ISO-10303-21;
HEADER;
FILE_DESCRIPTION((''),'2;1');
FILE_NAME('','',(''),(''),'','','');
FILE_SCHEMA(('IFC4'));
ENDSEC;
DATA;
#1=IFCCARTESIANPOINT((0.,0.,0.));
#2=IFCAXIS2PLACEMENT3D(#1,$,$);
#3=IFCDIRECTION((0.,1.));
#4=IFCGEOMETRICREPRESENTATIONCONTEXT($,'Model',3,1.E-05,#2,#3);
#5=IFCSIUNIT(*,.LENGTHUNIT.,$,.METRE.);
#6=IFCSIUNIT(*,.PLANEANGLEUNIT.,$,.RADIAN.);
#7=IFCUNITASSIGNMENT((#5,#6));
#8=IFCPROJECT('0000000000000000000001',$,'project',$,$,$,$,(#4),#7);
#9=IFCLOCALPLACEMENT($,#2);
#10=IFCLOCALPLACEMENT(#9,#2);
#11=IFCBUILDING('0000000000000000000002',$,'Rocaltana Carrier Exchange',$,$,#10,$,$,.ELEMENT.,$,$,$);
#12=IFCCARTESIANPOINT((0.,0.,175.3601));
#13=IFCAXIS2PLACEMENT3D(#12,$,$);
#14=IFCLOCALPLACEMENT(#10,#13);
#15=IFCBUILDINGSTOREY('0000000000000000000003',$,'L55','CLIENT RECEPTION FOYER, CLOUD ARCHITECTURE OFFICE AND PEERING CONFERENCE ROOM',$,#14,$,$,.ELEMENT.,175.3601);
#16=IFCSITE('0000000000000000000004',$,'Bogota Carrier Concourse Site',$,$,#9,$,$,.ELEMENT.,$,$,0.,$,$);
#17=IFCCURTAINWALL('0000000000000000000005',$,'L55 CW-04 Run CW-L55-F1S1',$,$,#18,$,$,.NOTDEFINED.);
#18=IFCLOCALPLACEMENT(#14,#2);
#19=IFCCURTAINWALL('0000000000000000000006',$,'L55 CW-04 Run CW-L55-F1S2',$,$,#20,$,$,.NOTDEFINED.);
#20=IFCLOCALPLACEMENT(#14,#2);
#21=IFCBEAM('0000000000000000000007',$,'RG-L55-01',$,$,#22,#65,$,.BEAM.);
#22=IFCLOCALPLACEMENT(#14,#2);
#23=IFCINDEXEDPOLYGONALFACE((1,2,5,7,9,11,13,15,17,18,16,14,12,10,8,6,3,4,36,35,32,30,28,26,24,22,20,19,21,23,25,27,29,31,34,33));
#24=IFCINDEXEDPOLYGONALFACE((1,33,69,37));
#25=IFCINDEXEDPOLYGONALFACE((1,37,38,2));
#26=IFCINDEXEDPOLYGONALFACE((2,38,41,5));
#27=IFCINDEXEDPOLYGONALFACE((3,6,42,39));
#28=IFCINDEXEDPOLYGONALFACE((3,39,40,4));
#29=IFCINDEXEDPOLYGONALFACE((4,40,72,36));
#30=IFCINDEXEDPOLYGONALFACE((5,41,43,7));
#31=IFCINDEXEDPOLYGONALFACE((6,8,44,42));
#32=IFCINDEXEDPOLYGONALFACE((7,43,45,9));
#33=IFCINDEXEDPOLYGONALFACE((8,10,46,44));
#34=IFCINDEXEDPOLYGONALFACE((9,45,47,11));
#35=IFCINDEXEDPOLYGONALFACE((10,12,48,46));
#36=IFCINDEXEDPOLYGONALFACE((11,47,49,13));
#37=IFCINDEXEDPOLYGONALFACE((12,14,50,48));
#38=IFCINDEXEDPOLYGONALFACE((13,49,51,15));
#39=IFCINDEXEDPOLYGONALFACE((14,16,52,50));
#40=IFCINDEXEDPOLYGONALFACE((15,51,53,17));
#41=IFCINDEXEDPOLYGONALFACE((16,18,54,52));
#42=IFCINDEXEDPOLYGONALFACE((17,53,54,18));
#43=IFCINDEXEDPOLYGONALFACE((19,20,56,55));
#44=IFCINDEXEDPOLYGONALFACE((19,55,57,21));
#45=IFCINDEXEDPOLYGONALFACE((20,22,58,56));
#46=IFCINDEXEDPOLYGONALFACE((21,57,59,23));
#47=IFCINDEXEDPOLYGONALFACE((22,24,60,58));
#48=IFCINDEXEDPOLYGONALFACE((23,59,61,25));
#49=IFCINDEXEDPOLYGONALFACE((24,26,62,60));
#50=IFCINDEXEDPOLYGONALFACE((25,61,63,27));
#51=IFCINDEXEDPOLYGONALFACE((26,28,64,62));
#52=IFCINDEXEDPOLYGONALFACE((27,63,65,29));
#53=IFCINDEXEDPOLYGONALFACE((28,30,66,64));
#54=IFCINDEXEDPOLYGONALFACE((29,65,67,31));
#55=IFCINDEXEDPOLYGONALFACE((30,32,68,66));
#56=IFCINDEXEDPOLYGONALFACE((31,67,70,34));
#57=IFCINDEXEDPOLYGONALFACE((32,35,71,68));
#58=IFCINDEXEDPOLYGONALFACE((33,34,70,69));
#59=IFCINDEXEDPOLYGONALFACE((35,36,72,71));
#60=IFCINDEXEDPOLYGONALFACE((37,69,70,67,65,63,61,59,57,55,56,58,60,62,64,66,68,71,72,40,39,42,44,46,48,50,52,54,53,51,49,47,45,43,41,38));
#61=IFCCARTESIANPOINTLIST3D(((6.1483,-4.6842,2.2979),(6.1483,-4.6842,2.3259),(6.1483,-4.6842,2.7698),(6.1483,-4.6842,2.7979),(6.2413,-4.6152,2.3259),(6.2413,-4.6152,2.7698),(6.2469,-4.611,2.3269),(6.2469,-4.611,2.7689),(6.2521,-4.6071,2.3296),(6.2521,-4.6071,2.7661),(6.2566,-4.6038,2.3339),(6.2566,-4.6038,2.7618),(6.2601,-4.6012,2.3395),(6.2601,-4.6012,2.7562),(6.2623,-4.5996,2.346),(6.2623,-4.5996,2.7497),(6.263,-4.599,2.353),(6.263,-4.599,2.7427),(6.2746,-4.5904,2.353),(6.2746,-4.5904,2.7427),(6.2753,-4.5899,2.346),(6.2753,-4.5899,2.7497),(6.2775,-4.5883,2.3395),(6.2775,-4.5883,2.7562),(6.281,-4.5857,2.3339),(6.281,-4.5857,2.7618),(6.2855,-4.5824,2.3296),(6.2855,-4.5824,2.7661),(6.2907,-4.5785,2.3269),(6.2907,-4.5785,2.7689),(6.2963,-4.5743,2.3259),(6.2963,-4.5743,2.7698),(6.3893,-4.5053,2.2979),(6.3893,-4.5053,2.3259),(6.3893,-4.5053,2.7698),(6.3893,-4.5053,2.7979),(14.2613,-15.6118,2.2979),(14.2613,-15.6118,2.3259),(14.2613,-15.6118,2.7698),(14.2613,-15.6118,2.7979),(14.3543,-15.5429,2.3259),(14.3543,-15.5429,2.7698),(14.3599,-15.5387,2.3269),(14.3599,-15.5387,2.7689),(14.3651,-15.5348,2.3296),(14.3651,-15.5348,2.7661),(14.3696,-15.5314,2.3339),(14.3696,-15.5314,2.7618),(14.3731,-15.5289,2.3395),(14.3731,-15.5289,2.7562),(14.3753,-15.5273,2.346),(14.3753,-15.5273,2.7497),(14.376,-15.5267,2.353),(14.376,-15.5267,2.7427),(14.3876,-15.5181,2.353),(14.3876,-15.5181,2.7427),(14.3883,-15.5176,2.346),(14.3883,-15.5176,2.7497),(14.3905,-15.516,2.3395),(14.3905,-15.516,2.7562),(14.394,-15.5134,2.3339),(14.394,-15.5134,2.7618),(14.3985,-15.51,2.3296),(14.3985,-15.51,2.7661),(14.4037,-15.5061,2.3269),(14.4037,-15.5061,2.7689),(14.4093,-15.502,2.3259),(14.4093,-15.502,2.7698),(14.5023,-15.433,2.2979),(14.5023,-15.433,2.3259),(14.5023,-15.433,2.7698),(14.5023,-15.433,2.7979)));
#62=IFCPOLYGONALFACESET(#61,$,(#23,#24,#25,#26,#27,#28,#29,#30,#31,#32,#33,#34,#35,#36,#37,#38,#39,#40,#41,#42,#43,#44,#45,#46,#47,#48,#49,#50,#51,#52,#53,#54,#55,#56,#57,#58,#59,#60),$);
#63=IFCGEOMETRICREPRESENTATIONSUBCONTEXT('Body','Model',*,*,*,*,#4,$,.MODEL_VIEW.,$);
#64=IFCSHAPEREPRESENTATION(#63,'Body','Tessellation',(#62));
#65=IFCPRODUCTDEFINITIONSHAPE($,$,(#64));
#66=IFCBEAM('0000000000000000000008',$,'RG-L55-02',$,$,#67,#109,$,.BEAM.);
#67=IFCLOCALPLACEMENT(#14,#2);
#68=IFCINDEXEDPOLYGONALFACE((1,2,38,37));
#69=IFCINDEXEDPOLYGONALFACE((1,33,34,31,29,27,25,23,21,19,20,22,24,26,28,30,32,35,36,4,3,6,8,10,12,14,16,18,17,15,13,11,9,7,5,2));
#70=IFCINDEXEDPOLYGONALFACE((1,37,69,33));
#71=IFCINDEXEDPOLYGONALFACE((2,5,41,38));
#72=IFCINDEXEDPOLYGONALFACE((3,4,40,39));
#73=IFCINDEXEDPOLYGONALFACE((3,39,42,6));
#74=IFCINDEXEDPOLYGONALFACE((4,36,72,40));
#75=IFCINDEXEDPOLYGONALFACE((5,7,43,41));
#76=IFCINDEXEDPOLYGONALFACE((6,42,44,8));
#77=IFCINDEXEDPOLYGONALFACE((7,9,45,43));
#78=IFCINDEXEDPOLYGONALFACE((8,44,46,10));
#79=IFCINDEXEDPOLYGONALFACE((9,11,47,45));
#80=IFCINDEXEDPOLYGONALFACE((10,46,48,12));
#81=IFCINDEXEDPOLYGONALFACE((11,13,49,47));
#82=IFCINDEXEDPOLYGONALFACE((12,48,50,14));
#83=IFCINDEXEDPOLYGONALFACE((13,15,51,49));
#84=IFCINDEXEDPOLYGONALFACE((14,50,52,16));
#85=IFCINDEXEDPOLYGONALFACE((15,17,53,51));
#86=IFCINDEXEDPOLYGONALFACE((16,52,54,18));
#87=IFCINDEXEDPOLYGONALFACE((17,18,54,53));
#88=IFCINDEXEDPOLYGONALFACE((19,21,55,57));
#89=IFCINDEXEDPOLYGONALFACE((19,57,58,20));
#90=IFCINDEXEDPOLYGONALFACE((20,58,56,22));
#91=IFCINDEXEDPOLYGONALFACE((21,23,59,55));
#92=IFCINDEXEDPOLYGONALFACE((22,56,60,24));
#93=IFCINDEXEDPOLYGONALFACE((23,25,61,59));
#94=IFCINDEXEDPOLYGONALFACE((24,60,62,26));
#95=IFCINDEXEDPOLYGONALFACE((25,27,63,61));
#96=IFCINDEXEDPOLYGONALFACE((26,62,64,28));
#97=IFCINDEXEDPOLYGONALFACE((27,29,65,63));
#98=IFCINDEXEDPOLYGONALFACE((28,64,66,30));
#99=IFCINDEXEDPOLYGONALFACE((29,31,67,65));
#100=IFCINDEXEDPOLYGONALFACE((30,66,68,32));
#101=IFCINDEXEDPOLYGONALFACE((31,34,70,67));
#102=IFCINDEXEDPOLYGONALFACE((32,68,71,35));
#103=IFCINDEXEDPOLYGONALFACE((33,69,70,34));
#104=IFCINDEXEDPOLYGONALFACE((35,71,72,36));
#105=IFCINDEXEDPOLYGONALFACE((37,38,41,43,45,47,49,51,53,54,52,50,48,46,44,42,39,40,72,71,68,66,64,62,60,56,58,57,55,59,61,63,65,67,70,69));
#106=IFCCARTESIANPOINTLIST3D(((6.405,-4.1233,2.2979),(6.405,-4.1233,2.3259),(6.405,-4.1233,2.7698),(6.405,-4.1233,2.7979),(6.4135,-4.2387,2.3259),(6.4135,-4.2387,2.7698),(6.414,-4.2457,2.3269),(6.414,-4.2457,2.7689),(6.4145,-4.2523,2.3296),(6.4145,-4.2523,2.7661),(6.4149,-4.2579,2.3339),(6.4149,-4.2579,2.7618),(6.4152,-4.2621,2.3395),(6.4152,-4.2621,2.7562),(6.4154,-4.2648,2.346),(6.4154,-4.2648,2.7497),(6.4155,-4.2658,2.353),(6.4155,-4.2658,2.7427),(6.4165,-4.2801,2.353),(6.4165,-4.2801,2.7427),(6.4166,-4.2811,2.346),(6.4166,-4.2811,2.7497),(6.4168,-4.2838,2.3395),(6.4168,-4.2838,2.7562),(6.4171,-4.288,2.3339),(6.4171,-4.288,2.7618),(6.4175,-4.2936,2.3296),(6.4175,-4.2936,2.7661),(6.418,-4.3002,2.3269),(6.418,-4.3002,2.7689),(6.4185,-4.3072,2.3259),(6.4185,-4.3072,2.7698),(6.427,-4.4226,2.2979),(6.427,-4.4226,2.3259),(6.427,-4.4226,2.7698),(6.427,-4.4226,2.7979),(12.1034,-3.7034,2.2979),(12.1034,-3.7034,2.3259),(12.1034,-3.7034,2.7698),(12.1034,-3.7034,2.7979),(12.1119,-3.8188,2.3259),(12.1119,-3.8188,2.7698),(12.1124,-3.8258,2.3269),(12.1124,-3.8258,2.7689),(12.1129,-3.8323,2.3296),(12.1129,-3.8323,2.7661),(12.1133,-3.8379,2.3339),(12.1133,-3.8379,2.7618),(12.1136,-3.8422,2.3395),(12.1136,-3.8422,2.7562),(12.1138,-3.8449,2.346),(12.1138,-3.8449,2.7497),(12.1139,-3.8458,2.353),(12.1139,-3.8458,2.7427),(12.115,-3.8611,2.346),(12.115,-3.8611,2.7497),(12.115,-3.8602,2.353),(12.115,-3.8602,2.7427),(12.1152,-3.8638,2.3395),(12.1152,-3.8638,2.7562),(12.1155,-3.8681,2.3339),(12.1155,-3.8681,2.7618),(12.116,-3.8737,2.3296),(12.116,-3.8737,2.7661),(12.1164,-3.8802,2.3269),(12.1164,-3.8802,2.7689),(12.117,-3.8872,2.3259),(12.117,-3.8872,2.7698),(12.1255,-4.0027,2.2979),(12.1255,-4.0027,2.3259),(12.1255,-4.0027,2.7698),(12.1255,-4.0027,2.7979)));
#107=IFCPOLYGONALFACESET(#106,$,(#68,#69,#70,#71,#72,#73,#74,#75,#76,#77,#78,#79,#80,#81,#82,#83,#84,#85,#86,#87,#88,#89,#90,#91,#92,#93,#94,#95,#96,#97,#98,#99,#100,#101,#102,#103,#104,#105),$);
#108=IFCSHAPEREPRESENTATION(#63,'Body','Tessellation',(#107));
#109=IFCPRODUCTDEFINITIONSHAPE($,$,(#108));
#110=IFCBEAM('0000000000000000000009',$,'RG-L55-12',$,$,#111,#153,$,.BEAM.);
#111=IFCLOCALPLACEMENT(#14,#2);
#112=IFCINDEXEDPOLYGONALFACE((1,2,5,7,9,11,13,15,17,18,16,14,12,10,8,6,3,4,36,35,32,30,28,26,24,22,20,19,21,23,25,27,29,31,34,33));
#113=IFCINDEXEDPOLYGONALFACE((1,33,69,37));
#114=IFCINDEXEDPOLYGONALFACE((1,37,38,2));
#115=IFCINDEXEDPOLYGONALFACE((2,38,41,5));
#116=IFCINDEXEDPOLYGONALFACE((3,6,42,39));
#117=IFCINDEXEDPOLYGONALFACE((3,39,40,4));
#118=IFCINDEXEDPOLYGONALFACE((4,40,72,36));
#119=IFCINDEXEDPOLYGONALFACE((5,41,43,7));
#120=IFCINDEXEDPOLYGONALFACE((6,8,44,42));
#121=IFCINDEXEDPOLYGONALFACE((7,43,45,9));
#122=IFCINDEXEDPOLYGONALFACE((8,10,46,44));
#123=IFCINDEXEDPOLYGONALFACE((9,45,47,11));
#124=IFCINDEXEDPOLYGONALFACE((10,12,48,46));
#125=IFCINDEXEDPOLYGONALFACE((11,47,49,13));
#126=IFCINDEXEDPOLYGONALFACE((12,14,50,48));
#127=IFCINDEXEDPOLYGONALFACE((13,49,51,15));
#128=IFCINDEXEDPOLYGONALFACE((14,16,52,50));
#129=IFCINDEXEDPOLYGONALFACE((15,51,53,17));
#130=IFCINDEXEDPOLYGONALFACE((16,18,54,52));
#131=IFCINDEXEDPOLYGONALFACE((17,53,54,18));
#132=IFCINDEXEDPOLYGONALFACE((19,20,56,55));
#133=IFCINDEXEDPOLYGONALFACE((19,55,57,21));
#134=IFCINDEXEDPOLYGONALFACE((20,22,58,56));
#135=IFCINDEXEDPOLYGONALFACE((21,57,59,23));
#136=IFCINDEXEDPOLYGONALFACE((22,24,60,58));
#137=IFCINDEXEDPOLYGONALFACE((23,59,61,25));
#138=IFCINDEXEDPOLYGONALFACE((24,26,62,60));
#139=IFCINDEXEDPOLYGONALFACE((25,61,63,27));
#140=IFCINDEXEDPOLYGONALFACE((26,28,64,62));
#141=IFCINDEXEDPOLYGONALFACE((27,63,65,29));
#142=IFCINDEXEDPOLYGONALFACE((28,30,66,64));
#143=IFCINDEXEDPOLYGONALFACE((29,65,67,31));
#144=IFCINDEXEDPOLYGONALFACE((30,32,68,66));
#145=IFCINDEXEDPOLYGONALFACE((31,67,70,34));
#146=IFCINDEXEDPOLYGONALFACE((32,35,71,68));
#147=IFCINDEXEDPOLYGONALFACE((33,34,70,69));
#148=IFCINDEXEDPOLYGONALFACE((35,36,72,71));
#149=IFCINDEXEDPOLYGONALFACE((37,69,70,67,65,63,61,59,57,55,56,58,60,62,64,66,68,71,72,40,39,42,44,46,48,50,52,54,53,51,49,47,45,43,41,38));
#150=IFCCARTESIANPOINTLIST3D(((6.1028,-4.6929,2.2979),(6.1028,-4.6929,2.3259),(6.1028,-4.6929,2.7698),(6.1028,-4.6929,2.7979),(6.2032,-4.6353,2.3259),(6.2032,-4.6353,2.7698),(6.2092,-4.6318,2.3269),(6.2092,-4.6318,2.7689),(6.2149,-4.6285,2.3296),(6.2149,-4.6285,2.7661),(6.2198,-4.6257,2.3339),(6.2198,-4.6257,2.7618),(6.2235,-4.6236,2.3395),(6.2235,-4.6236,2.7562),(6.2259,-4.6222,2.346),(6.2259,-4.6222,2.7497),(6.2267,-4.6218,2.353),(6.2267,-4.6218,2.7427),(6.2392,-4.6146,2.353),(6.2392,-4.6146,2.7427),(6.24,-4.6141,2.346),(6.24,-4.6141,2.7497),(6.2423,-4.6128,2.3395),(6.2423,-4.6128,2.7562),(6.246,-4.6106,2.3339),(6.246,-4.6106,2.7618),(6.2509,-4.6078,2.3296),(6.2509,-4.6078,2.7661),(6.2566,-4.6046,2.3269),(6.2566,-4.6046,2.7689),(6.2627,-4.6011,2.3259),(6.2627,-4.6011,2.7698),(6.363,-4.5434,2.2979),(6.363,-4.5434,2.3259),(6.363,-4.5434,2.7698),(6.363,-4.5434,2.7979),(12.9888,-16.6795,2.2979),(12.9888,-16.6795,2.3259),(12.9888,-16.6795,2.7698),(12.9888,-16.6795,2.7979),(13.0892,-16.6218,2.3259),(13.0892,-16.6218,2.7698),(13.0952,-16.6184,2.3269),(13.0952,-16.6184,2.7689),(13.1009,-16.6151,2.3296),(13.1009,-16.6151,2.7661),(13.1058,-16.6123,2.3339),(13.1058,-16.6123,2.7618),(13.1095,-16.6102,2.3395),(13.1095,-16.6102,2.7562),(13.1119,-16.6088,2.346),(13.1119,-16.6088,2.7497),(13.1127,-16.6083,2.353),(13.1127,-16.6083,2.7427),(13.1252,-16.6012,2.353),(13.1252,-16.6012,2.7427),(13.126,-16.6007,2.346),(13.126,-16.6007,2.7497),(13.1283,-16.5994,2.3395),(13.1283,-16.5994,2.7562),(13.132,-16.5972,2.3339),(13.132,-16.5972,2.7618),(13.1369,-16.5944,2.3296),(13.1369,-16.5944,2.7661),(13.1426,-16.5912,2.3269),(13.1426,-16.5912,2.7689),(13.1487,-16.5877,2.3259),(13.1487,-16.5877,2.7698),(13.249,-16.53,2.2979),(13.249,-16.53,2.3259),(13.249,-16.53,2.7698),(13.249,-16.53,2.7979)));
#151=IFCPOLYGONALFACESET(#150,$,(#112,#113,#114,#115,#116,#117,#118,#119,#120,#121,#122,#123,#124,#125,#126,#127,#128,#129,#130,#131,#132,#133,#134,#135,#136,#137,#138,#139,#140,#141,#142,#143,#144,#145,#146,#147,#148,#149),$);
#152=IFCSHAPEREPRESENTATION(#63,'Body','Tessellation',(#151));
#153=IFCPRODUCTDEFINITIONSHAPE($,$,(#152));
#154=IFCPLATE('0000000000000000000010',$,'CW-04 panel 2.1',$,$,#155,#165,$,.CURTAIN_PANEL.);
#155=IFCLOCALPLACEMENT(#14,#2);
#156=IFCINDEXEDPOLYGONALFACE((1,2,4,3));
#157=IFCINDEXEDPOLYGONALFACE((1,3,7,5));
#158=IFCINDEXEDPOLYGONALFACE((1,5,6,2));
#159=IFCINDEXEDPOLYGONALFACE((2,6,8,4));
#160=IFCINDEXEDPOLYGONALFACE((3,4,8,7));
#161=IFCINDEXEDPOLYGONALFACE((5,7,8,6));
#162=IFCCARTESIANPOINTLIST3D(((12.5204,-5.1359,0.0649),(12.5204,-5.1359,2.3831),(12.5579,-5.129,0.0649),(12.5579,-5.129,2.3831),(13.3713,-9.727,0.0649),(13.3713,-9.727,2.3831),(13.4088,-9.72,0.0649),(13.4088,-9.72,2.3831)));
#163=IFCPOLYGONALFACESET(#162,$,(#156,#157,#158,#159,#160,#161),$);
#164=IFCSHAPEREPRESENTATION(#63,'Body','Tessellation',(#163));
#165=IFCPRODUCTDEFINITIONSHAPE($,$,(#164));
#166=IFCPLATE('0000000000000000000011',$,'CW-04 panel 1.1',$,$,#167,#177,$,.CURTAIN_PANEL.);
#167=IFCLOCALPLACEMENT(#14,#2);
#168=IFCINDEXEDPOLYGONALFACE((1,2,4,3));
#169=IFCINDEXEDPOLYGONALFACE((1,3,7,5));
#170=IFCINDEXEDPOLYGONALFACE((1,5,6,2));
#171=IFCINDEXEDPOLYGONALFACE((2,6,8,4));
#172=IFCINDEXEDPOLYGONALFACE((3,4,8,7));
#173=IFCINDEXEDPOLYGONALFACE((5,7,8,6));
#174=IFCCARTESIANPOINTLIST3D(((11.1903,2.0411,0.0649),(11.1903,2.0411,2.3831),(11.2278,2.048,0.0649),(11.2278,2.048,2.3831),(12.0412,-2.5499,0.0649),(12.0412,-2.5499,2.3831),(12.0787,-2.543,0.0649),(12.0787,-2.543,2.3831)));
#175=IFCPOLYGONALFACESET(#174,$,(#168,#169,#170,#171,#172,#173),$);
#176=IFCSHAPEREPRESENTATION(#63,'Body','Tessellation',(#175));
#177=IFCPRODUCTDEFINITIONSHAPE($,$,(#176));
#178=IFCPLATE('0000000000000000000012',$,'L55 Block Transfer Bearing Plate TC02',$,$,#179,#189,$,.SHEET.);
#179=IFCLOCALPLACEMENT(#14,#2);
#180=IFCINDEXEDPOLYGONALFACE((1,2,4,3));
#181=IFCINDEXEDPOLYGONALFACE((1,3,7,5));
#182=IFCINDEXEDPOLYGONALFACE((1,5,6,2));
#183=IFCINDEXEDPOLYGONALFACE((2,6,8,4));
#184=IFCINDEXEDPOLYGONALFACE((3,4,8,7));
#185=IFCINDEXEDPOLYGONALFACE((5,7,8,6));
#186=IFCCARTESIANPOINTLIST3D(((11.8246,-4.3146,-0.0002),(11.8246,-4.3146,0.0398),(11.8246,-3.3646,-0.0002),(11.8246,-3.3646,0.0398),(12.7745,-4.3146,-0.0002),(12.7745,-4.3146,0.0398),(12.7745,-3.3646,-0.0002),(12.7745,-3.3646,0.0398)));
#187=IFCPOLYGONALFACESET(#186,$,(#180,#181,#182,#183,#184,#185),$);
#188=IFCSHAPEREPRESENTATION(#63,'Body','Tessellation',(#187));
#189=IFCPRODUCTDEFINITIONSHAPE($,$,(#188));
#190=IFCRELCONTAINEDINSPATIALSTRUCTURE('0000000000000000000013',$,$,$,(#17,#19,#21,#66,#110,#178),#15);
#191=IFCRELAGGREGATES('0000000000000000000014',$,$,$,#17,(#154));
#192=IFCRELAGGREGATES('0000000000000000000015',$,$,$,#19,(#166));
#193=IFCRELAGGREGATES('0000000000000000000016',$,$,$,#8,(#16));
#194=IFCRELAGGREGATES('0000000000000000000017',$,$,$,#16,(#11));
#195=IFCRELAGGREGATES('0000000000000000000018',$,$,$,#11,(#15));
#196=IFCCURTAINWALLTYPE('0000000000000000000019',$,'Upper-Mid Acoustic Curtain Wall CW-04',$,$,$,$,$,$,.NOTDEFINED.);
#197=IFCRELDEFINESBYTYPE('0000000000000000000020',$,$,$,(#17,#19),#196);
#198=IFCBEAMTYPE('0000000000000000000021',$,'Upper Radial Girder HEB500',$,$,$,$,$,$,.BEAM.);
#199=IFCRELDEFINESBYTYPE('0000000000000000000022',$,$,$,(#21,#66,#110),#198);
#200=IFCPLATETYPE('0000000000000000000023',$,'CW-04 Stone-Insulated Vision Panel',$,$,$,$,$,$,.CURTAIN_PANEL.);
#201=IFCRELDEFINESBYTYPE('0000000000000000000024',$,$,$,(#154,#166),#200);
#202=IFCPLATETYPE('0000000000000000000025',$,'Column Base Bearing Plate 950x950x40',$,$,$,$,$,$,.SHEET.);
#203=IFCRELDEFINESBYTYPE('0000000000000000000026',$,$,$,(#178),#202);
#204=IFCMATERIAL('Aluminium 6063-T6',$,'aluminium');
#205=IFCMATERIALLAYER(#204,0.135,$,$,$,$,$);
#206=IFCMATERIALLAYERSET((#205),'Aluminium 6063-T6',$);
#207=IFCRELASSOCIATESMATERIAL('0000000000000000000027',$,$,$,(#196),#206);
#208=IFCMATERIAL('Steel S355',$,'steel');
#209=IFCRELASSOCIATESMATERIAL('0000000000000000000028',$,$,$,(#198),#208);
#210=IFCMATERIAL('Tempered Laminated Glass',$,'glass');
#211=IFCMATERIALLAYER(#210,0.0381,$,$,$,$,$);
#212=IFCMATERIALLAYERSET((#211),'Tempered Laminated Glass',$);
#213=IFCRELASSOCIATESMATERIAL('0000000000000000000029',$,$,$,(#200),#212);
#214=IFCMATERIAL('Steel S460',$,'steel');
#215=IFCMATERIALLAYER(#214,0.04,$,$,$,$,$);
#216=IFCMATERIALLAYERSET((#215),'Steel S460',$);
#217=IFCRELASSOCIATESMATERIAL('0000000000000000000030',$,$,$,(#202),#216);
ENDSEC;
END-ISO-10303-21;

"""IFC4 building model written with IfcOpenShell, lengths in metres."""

from ifc_helpers import new_model, si_unit, direction, frame, origin, origin_2d, place, context, subcontext, project, spatial, rectangle, i_section, extrude, material, layer, layer_set, material_profile, profile_set, type_object, element, aggregate, save


model = new_model("IFC4")

# Units and contexts
model_context = context("Model", 3, precision=1e-05, world=origin(), true_north=direction((0.0, 1.0)))
body_context = subcontext(model_context, "Body", "Model", "MODEL_VIEW")
ifc_project = project(units=[si_unit("LENGTHUNIT", "METRE"), si_unit("PLANEANGLEUNIT", "RADIAN")], contexts=[model_context])

# Site, building, storey
site_placement = place(None, origin())
site = spatial("IfcSite", under=ifc_project, at=site_placement, Name="Bogota Carrier Concourse Site", CompositionType="ELEMENT", RefElevation=0.0)
building_placement = place(site_placement, origin())
building = spatial("IfcBuilding", under=site, at=building_placement, Name="Rocaltana Carrier Exchange", CompositionType="ELEMENT")
storey_placement = place(building_placement, frame((0.0, 0.0, 175.3601)))
storey = spatial("IfcBuildingStorey", under=building, at=storey_placement, Name="L55", Description="CLIENT RECEPTION FOYER, CLOUD ARCHITECTURE OFFICE AND PEERING CONFERENCE ROOM", CompositionType="ELEMENT", Elevation=175.3601)

# Curtain wall
ifc_material_1 = material(Name="Aluminium 6063-T6", Category="aluminium")
ifc_layer_1 = layer(ifc_material_1, 0.135)
ifc_layer_set_1 = layer_set([ifc_layer_1], Name="Aluminium 6063-T6")
curtain_wall_type = type_object("IfcCurtainWallType", Name="Upper-Mid Acoustic Curtain Wall CW-04", PredefinedType="NOTDEFINED", material=ifc_layer_set_1)
curtain_wall_1_placement = place(storey_placement, origin())
curtain_wall_1 = element("IfcCurtainWall", 1, at=curtain_wall_1_placement, inside=storey, type_object=curtain_wall_type, Name="L55 CW-04 Run CW-L55-F1S1", PredefinedType="NOTDEFINED")

# Curtain wall
curtain_wall_2_placement = place(storey_placement, origin())
curtain_wall_2 = element("IfcCurtainWall", 2, at=curtain_wall_2_placement, inside=storey, type_object=curtain_wall_type, Name="L55 CW-04 Run CW-L55-F1S2", PredefinedType="NOTDEFINED")

# Beams
ifc_material_2 = material(Name="Steel S355", Category="steel")
ifc_material_profile_1 = material_profile(ifc_material_2, i_section(OverallWidth=0.3, OverallDepth=0.5, WebThickness=0.0144, FlangeThickness=0.0281, FilletRadius=0.0271, at=origin_2d()), Name="HEB500")
ifc_profile_set_1 = profile_set([ifc_material_profile_1], Name="Steel S355")
beam_type_1 = type_object("IfcBeamType", Name="Upper Radial Girder HEB500", PredefinedType="BEAM", material=ifc_profile_set_1)
beam_1_placement = place(storey_placement, frame((6.2688, -4.5947, 2.5479), z_axis=(0.596101, -0.802909, 0.0), x_axis=(0.802909, 0.596101, 0.0)))
element("IfcBeam", 3, at=beam_1_placement, inside=storey, type_object=beam_type_1, Name="RG-L55-01", PredefinedType="BEAM", context=body_context, shape_type="SweptSolid", body=[
    extrude(i_section(OverallWidth=0.3, OverallDepth=0.5, WebThickness=0.0144, FlangeThickness=0.0281, FilletRadius=0.0271, at=origin_2d()), origin(), (0.0, 0.0, 1.0), 13.6101),
])
beam_2_placement = place(storey_placement, frame((6.416, -4.2729, 2.5479), z_axis=(0.997296, 0.073491, 0.0), x_axis=(-0.073491, 0.997296, 0.0)))
element("IfcBeam", 4, at=beam_2_placement, inside=storey, type_object=beam_type_1, Name="RG-L55-02", PredefinedType="BEAM", context=body_context, shape_type="SweptSolid", body=[
    extrude(i_section(OverallWidth=0.3, OverallDepth=0.5, WebThickness=0.0144, FlangeThickness=0.0281, FilletRadius=0.0271, at=origin_2d()), origin(), (0.0, 0.0, 1.0), 5.7139),
])
beam_3_placement = place(storey_placement, frame((6.2329, -4.6182, 2.5479), z_axis=(0.498129, -0.867103, 0.0), x_axis=(0.867103, 0.498129, 0.0)))
element("IfcBeam", 5, at=beam_3_placement, inside=storey, type_object=beam_type_1, Name="RG-L55-12", PredefinedType="BEAM", context=body_context, shape_type="SweptSolid", body=[
    extrude(i_section(OverallWidth=0.3, OverallDepth=0.5, WebThickness=0.0144, FlangeThickness=0.0281, FilletRadius=0.0271, at=origin_2d()), origin(), (0.0, 0.0, 1.0), 13.8237),
])

# Plates
ifc_material_3 = material(Name="Tempered Laminated Glass", Category="glass")
ifc_layer_2 = layer(ifc_material_3, 0.0381)
ifc_layer_set_2 = layer_set([ifc_layer_2], Name="Tempered Laminated Glass")
plate_type_1 = type_object("IfcPlateType", Name="CW-04 Stone-Insulated Vision Panel", PredefinedType="CURTAIN_PANEL", material=ifc_layer_set_2)
plate_1_placement = place(storey_placement, frame((12.9646, -7.428, 0.0649), z_axis=(0.0, 0.0, 1.0), x_axis=(-0.182234, 0.983255, 0.0)))
plate_1 = element("IfcPlate", 6, at=plate_1_placement, type_object=plate_type_1, Name="CW-04 panel 2.1", PredefinedType="CURTAIN_PANEL", context=body_context, shape_type="SweptSolid", body=[
    extrude(rectangle(XDim=4.6692, YDim=0.0381, at=origin_2d()), origin(), (0.0, 0.0, 1.0), 2.3181),
])
aggregate(curtain_wall_1, [plate_1])
plate_2_placement = place(storey_placement, frame((11.6345, -0.251, 0.0649), z_axis=(0.0, 0.0, 1.0), x_axis=(-0.182236, 0.983255, 0.0)))
plate_2 = element("IfcPlate", 7, at=plate_2_placement, type_object=plate_type_1, Name="CW-04 panel 1.1", PredefinedType="CURTAIN_PANEL", context=body_context, shape_type="SweptSolid", body=[
    extrude(rectangle(XDim=4.6692, YDim=0.0381, at=origin_2d()), origin(), (0.0, 0.0, 1.0), 2.3181),
])
aggregate(curtain_wall_2, [plate_2])
ifc_material_4 = material(Name="Steel S460", Category="steel")
ifc_layer_3 = layer(ifc_material_4, 0.04)
ifc_layer_set_3 = layer_set([ifc_layer_3], Name="Steel S460")
plate_type_2 = type_object("IfcPlateType", Name="Column Base Bearing Plate 950x950x40", PredefinedType="SHEET", material=ifc_layer_set_3)
plate_3_placement = place(storey_placement, frame((12.2996, -3.8396, -0.0002), z_axis=(0.0, 0.0, 1.0), x_axis=(1.0, 0.0, 0.0)))
element("IfcPlate", 8, at=plate_3_placement, inside=storey, type_object=plate_type_2, Name="L55 Block Transfer Bearing Plate TC02", PredefinedType="SHEET", context=body_context, shape_type="SweptSolid", body=[
    extrude(rectangle(XDim=0.95, YDim=0.95, at=origin_2d()), origin(), (0.0, 0.0, 1.0), 0.04),
])

save(model, "model.ifc")
